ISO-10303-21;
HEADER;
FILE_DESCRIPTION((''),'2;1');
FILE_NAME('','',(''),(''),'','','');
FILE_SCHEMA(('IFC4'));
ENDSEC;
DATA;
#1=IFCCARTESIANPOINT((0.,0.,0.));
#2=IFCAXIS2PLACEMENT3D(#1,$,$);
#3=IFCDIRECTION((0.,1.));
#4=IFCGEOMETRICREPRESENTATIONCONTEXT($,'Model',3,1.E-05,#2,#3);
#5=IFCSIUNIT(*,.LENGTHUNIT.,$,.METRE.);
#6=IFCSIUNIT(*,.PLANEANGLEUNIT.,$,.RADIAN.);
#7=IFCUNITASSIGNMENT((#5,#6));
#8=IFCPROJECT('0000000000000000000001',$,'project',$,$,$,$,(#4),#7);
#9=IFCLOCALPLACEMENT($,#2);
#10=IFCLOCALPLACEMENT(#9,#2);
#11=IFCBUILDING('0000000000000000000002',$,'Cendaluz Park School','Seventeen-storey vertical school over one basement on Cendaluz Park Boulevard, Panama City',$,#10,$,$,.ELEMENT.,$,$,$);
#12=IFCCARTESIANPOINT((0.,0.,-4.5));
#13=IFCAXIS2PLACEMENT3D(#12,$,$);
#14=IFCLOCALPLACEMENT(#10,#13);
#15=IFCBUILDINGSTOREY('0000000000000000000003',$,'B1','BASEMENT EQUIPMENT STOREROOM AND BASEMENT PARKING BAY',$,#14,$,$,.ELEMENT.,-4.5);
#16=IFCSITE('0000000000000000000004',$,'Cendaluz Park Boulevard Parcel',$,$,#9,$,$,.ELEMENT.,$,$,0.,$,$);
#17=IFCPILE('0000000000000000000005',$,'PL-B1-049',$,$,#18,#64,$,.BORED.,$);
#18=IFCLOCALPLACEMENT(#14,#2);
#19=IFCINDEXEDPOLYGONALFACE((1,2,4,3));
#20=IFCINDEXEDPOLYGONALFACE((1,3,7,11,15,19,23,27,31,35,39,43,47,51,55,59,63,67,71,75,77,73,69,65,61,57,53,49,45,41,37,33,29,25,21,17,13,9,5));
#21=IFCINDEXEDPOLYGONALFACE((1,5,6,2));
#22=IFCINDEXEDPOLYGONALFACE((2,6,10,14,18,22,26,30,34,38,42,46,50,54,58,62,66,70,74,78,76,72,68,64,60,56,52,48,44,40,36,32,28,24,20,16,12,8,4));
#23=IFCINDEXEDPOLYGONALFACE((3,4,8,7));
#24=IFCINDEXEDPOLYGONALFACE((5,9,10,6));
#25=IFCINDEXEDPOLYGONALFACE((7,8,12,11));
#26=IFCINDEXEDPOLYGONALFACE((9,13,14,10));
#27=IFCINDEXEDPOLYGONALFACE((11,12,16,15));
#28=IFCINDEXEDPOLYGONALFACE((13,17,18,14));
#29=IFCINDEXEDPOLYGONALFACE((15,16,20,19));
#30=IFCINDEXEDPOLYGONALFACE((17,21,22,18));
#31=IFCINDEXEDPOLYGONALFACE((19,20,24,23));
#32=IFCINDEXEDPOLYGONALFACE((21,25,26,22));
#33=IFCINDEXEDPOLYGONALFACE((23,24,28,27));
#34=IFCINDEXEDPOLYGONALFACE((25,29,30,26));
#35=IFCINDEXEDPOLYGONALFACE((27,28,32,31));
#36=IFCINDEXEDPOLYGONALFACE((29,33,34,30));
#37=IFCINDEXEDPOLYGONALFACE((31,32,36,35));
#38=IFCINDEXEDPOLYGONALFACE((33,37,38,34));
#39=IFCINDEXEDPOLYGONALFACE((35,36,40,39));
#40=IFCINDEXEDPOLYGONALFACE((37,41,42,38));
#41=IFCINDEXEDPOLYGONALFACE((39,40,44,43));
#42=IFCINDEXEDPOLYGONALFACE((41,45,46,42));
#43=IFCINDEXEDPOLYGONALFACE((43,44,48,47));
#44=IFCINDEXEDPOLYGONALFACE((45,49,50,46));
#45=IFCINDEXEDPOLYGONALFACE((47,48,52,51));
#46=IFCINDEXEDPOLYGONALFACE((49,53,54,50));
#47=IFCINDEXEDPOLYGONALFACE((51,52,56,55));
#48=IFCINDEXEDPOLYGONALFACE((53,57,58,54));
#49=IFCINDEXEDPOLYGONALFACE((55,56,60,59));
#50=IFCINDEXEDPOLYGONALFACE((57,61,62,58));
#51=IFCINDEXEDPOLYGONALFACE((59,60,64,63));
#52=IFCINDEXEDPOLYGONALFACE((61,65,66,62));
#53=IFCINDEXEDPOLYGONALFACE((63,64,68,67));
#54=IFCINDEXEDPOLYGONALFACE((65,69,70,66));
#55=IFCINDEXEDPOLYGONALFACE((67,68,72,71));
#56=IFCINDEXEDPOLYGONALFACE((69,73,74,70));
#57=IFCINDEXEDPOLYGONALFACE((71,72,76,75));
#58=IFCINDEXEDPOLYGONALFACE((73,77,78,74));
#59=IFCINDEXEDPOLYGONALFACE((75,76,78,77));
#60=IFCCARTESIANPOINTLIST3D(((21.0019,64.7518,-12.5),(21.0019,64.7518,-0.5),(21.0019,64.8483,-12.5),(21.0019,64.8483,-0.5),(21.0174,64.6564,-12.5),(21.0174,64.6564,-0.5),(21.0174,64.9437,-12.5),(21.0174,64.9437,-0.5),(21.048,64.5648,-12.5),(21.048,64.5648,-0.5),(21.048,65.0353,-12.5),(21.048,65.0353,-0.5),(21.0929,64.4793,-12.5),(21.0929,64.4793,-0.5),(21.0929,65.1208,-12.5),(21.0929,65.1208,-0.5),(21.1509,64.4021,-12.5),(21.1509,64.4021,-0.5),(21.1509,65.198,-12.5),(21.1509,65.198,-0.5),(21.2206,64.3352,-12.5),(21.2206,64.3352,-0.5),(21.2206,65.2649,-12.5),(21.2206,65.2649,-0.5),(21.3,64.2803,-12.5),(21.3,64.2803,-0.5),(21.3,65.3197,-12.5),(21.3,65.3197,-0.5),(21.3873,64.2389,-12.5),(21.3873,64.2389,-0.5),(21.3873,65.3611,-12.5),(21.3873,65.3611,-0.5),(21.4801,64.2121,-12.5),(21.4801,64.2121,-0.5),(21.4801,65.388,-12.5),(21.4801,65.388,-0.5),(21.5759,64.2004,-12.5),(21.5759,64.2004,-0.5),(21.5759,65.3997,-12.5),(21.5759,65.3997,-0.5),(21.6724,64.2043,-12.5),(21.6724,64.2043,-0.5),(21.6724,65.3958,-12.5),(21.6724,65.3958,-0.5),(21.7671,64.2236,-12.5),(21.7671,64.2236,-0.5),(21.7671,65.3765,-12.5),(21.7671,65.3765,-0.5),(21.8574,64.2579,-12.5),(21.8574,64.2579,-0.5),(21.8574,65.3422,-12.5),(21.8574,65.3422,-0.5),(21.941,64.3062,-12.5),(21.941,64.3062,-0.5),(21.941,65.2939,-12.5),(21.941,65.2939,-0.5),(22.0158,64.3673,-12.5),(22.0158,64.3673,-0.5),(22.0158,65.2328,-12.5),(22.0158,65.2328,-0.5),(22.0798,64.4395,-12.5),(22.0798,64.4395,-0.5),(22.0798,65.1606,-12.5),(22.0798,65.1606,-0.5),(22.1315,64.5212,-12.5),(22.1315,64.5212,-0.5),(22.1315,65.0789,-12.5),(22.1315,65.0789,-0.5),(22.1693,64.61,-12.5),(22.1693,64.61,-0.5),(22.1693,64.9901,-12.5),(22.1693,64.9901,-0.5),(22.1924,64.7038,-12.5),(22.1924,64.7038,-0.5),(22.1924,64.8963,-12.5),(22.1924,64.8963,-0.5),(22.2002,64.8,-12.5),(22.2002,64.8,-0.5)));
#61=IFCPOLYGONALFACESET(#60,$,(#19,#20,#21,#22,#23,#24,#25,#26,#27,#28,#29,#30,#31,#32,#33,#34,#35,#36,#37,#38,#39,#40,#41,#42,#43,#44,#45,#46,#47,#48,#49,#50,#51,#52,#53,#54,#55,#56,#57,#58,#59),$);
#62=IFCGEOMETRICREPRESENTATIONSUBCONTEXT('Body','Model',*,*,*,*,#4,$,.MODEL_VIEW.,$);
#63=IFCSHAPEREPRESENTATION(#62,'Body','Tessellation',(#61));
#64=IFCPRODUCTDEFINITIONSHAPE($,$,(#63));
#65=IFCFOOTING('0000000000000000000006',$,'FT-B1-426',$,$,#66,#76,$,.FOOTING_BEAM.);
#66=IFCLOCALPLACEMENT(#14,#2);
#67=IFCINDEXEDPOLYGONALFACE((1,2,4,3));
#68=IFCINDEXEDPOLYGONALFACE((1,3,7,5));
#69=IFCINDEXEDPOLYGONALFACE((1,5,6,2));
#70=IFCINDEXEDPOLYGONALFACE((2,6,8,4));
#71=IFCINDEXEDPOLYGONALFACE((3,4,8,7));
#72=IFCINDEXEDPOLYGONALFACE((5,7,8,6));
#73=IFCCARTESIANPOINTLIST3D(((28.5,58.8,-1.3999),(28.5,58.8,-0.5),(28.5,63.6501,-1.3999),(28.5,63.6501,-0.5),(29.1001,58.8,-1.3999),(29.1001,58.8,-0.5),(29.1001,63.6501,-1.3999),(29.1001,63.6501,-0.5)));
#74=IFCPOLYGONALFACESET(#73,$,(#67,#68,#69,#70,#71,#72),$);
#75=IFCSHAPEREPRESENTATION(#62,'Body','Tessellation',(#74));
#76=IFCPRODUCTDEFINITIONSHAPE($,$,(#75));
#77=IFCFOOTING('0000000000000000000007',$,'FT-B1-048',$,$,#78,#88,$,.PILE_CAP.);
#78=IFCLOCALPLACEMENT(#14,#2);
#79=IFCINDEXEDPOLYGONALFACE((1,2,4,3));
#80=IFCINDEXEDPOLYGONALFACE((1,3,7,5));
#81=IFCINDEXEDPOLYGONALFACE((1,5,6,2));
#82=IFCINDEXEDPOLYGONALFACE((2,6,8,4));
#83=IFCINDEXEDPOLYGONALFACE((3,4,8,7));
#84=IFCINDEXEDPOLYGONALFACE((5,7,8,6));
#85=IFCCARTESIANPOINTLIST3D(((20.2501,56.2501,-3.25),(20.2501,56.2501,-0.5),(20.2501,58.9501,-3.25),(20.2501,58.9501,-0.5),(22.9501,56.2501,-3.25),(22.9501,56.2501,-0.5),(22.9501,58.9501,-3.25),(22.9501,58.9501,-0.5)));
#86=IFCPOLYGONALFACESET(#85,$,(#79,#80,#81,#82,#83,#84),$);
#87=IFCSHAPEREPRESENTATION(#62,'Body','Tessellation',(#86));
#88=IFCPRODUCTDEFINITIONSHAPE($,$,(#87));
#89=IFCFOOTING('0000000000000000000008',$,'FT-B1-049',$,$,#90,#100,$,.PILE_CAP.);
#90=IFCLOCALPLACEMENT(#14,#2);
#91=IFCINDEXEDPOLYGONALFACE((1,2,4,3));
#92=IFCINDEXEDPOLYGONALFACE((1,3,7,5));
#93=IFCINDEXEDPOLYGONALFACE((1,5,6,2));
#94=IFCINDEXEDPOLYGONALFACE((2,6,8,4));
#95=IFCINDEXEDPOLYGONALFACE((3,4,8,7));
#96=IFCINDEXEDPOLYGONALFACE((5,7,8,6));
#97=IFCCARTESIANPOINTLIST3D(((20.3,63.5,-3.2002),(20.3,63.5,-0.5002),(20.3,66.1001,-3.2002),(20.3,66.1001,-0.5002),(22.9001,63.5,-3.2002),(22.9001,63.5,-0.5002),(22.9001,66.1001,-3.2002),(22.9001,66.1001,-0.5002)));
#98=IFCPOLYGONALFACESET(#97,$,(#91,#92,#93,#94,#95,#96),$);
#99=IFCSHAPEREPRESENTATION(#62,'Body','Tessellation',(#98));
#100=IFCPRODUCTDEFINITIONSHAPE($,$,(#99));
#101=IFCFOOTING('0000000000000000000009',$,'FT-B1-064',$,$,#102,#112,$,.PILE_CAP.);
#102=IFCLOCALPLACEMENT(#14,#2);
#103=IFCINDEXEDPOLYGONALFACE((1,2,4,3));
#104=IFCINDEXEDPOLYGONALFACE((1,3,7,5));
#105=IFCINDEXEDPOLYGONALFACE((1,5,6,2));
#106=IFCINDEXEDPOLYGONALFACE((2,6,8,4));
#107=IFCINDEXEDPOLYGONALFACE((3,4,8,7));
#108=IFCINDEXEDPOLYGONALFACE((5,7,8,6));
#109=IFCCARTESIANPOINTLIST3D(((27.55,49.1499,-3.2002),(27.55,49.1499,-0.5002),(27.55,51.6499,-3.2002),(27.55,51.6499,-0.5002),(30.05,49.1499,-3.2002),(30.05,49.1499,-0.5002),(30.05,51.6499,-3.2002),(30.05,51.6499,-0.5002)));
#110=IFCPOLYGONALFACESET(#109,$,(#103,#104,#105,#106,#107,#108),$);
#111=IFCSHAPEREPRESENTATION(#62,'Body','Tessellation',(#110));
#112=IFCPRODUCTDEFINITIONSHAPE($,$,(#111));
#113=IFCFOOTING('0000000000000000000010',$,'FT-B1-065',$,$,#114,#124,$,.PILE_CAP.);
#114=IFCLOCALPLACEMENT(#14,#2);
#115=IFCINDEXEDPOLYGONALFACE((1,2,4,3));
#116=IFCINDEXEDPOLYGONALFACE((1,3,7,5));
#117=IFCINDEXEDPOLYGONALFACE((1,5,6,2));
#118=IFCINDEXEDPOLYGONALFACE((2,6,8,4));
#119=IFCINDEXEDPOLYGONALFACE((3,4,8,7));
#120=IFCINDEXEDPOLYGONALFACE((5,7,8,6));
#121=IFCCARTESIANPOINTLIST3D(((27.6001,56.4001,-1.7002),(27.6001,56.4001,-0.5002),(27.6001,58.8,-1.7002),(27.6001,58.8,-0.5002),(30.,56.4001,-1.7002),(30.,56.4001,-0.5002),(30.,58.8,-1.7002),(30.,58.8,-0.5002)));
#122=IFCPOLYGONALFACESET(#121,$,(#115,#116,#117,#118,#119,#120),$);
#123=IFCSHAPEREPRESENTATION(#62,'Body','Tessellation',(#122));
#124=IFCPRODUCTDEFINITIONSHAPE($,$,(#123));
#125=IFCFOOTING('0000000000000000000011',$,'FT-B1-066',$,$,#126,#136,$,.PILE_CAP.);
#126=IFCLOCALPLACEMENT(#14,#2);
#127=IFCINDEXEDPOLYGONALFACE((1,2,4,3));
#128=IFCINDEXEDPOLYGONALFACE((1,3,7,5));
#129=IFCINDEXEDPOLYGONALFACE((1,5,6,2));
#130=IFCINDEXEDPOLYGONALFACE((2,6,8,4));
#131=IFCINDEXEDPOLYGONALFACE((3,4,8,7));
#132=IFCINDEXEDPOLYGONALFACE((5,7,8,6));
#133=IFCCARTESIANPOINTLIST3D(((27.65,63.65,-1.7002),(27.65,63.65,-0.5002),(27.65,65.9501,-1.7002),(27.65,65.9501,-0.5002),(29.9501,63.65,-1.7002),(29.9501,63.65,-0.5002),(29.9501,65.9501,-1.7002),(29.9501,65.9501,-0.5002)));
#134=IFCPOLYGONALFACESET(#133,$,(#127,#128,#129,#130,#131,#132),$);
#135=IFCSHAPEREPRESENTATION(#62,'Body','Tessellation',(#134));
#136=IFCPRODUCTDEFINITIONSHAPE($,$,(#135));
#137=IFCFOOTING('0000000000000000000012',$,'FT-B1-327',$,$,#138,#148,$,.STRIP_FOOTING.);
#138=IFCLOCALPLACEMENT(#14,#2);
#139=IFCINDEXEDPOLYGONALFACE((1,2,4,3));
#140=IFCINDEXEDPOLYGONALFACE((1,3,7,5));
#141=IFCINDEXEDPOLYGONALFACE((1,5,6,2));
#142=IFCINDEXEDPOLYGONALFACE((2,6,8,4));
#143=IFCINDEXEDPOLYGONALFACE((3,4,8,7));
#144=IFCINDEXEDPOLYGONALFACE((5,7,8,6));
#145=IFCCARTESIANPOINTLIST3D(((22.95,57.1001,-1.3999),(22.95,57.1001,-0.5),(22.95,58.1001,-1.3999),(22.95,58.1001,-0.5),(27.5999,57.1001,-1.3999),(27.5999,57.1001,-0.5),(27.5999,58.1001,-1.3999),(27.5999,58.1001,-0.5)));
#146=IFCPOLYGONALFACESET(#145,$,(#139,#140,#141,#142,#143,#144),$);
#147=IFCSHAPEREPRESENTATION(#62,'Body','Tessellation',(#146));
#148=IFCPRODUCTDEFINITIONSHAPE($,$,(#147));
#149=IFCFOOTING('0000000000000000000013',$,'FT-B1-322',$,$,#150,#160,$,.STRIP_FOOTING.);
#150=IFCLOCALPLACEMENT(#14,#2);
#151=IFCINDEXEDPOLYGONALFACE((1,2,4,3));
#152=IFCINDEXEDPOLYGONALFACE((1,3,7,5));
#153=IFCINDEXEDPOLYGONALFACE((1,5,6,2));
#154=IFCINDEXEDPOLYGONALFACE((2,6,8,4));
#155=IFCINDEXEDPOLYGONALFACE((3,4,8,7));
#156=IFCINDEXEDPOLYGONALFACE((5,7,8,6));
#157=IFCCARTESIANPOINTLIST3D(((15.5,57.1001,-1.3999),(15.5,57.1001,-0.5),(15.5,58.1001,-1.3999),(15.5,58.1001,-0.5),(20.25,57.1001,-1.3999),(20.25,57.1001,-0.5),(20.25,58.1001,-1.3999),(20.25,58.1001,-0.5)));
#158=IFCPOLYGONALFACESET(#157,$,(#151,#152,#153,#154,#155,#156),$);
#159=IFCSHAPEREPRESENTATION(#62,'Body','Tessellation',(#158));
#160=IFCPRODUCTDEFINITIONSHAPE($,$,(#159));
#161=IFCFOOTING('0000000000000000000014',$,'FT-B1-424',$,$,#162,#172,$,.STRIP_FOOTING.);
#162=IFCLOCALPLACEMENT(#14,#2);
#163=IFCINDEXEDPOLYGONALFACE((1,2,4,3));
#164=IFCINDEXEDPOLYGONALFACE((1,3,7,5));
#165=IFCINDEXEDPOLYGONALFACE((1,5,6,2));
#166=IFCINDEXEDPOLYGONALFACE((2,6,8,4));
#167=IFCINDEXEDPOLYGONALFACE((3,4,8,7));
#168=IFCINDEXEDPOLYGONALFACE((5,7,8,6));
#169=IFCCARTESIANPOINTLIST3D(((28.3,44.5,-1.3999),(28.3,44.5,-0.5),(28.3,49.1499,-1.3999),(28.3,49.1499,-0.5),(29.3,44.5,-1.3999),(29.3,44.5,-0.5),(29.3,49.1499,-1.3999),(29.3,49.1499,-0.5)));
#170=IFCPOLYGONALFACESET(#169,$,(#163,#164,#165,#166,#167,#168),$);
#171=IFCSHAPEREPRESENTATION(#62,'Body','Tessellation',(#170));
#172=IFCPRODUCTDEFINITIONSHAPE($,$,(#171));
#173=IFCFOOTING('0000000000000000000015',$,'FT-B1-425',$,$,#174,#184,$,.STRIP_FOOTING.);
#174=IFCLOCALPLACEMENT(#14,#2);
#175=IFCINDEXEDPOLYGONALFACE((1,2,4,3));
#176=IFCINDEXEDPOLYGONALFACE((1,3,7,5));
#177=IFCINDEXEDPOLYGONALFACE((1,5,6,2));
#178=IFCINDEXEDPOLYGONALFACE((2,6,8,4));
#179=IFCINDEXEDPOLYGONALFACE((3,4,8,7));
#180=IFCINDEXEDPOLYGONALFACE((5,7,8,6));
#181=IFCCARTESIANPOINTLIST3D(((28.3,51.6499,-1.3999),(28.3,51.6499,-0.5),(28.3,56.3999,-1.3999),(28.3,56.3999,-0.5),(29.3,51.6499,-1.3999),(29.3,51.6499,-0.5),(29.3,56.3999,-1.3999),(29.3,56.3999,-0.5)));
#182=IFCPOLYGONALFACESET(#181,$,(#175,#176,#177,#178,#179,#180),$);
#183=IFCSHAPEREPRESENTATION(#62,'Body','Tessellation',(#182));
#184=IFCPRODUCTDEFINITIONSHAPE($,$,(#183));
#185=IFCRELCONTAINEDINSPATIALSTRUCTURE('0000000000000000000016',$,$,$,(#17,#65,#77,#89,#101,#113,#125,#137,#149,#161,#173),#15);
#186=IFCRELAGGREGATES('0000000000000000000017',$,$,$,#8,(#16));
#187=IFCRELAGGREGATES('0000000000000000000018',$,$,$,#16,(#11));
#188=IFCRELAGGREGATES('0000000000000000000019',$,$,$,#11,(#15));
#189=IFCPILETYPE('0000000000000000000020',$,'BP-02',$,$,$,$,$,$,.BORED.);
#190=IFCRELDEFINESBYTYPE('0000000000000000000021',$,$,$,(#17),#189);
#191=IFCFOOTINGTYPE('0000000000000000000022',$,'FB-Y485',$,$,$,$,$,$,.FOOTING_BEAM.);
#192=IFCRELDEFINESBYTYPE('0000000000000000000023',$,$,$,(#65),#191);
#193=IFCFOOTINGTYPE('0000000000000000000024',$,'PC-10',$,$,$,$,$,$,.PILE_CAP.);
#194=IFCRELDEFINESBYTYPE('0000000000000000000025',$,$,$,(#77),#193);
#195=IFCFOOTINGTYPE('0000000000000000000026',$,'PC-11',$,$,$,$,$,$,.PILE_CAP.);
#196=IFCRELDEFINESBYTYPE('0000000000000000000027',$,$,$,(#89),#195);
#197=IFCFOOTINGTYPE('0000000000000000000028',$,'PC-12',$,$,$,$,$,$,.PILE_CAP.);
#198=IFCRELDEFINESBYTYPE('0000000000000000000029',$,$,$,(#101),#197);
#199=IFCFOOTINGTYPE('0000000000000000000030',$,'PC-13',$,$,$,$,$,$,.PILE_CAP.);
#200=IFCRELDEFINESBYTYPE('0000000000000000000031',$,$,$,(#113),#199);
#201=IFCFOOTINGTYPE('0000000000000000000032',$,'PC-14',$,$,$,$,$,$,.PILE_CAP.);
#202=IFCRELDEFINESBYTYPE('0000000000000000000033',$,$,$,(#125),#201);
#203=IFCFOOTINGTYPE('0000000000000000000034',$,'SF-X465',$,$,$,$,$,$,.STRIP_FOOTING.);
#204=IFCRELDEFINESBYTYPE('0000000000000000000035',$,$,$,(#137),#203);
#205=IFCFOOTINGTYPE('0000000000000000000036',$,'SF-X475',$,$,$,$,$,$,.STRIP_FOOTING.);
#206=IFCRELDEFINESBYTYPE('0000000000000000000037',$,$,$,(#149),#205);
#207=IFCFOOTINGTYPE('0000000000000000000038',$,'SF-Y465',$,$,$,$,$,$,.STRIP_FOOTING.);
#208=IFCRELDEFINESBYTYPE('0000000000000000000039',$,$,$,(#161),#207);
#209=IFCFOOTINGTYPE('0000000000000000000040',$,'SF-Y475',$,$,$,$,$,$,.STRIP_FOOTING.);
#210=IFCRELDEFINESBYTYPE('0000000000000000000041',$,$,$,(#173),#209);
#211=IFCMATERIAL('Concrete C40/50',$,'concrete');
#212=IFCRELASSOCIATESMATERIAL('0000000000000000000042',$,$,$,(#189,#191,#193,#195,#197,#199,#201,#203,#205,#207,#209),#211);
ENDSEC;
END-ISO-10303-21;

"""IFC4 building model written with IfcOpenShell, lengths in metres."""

from ifc_helpers import new_model, si_unit, direction, frame, origin, origin_2d, place, context, subcontext, project, spatial, rectangle, circle, extrude, material, material_profile, profile_set, type_object, element, save


model = new_model("IFC4")

# Units and contexts
model_context = context("Model", 3, precision=1e-05, world=origin(), true_north=direction((0.0, 1.0)))
body_context = subcontext(model_context, "Body", "Model", "MODEL_VIEW")
ifc_project = project(units=[si_unit("LENGTHUNIT", "METRE"), si_unit("PLANEANGLEUNIT", "RADIAN")], contexts=[model_context])

# Site, building, storey
site_placement = place(None, origin())
site = spatial("IfcSite", under=ifc_project, at=site_placement, Name="Cendaluz Park Boulevard Parcel", CompositionType="ELEMENT", RefElevation=0.0)
building_placement = place(site_placement, origin())
building = spatial("IfcBuilding", under=site, at=building_placement, Name="Cendaluz Park School", Description="Seventeen-storey vertical school over one basement on Cendaluz Park Boulevard, Panama City", CompositionType="ELEMENT")
storey_placement = place(building_placement, frame((0.0, 0.0, -4.5)))
storey = spatial("IfcBuildingStorey", under=building, at=storey_placement, Name="B1", Description="BASEMENT EQUIPMENT STOREROOM AND BASEMENT PARKING BAY", CompositionType="ELEMENT", Elevation=-4.5)

# Pile
ifc_material_1 = material(Name="Concrete C40/50", Category="concrete")
ifc_material_profile_1 = material_profile(ifc_material_1, circle(Radius=0.6001, at=origin_2d()), Name="BP D1200", Category="concrete")
ifc_profile_set_1 = profile_set([ifc_material_profile_1], Name="Concrete C40/50")
pile_type_1 = type_object("IfcPileType", Name="BP-02", PredefinedType="BORED", material=ifc_profile_set_1)
for number, where, z_axis, x_axis, name in (
    (1, (21.6001, 64.8, -0.5), (0.0, 0.0, -1.0), (1.0, 0.0, 0.0), "PL-B1-049"),
):
    element("IfcPile", number, at=place(storey_placement, frame(where, z_axis=z_axis, x_axis=x_axis)), inside=storey, type_object=pile_type_1, Name=name, PredefinedType="BORED", context=body_context, shape_type="SweptSolid", body=[
        extrude(circle(Radius=0.6001, at=origin_2d()), origin(), (0.0, 0.0, 1.0), 12.0),
    ])

# Footings
footing_type_1 = type_object("IfcFootingType", Name="FB-Y485", PredefinedType="FOOTING_BEAM", material=ifc_material_1)
footing_1_placement = place(storey_placement, frame((28.8, 61.2251, -1.3999), z_axis=(0.0, 0.0, 1.0), x_axis=(1.0, 0.0, 0.0)))
element("IfcFooting", 2, at=footing_1_placement, inside=storey, type_object=footing_type_1, Name="FT-B1-426", PredefinedType="FOOTING_BEAM", context=body_context, shape_type="SweptSolid", body=[
    extrude(rectangle(XDim=0.6001, YDim=4.8501, at=origin_2d()), origin(), (0.0, 0.0, 1.0), 0.8999),
])
footing_type_2 = type_object("IfcFootingType", Name="PC-10", PredefinedType="PILE_CAP", material=ifc_material_1)
footing_2_placement = place(storey_placement, frame((21.6001, 57.6001, -3.25), z_axis=(0.0, 0.0, 1.0), x_axis=(1.0, 0.0, 0.0)))
element("IfcFooting", 3, at=footing_2_placement, inside=storey, type_object=footing_type_2, Name="FT-B1-048", PredefinedType="PILE_CAP", context=body_context, shape_type="SweptSolid", body=[
    extrude(rectangle(XDim=2.7, YDim=2.7, at=origin_2d()), origin(), (0.0, 0.0, 1.0), 2.75),
])
footing_type_3 = type_object("IfcFootingType", Name="PC-11", PredefinedType="PILE_CAP", material=ifc_material_1)
footing_3_placement = place(storey_placement, frame((21.6001, 64.8, -3.2002), z_axis=(0.0, 0.0, 1.0), x_axis=(1.0, 0.0, 0.0)))
element("IfcFooting", 4, at=footing_3_placement, inside=storey, type_object=footing_type_3, Name="FT-B1-049", PredefinedType="PILE_CAP", context=body_context, shape_type="SweptSolid", body=[
    extrude(rectangle(XDim=2.6001, YDim=2.6001, at=origin_2d()), origin(), (0.0, 0.0, 1.0), 2.7),
])
footing_type_4 = type_object("IfcFootingType", Name="PC-12", PredefinedType="PILE_CAP", material=ifc_material_1)
footing_4_placement = place(storey_placement, frame((28.8, 50.3999, -3.2002), z_axis=(0.0, 0.0, 1.0), x_axis=(1.0, 0.0, 0.0)))
element("IfcFooting", 5, at=footing_4_placement, inside=storey, type_object=footing_type_4, Name="FT-B1-064", PredefinedType="PILE_CAP", context=body_context, shape_type="SweptSolid", body=[
    extrude(rectangle(XDim=2.5, YDim=2.5, at=origin_2d()), origin(), (0.0, 0.0, 1.0), 2.7),
])
footing_type_5 = type_object("IfcFootingType", Name="PC-13", PredefinedType="PILE_CAP", material=ifc_material_1)
footing_5_placement = place(storey_placement, frame((28.8, 57.6001, -1.7002), z_axis=(0.0, 0.0, 1.0), x_axis=(1.0, 0.0, 0.0)))
element("IfcFooting", 6, at=footing_5_placement, inside=storey, type_object=footing_type_5, Name="FT-B1-065", PredefinedType="PILE_CAP", context=body_context, shape_type="SweptSolid", body=[
    extrude(rectangle(XDim=2.3999, YDim=2.3999, at=origin_2d()), origin(), (0.0, 0.0, 1.0), 1.2),
])
footing_type_6 = type_object("IfcFootingType", Name="PC-14", PredefinedType="PILE_CAP", material=ifc_material_1)
footing_6_placement = place(storey_placement, frame((28.8, 64.8, -1.7002), z_axis=(0.0, 0.0, 1.0), x_axis=(1.0, 0.0, 0.0)))
element("IfcFooting", 7, at=footing_6_placement, inside=storey, type_object=footing_type_6, Name="FT-B1-066", PredefinedType="PILE_CAP", context=body_context, shape_type="SweptSolid", body=[
    extrude(rectangle(XDim=2.3, YDim=2.3, at=origin_2d()), origin(), (0.0, 0.0, 1.0), 1.2),
])
footing_type_7 = type_object("IfcFootingType", Name="SF-X465", PredefinedType="STRIP_FOOTING", material=ifc_material_1)
footing_7_placement = place(storey_placement, frame((25.2749, 57.6001, -1.3999), z_axis=(0.0, 0.0, 1.0), x_axis=(1.0, 0.0, 0.0)))
element("IfcFooting", 8, at=footing_7_placement, inside=storey, type_object=footing_type_7, Name="FT-B1-327", PredefinedType="STRIP_FOOTING", context=body_context, shape_type="SweptSolid", body=[
    extrude(rectangle(XDim=4.6499, YDim=1.0, at=origin_2d()), origin(), (0.0, 0.0, 1.0), 0.8999),
])
footing_type_8 = type_object("IfcFootingType", Name="SF-X475", PredefinedType="STRIP_FOOTING", material=ifc_material_1)
footing_8_placement = place(storey_placement, frame((17.875, 57.6001, -1.3999), z_axis=(0.0, 0.0, 1.0), x_axis=(1.0, 0.0, 0.0)))
element("IfcFooting", 9, at=footing_8_placement, inside=storey, type_object=footing_type_8, Name="FT-B1-322", PredefinedType="STRIP_FOOTING", context=body_context, shape_type="SweptSolid", body=[
    extrude(rectangle(XDim=4.75, YDim=1.0, at=origin_2d()), origin(), (0.0, 0.0, 1.0), 0.8999),
])
footing_type_9 = type_object("IfcFootingType", Name="SF-Y465", PredefinedType="STRIP_FOOTING", material=ifc_material_1)
footing_9_placement = place(storey_placement, frame((28.8, 46.825, -1.3999), z_axis=(0.0, 0.0, 1.0), x_axis=(1.0, 0.0, 0.0)))
element("IfcFooting", 10, at=footing_9_placement, inside=storey, type_object=footing_type_9, Name="FT-B1-424", PredefinedType="STRIP_FOOTING", context=body_context, shape_type="SweptSolid", body=[
    extrude(rectangle(XDim=1.0, YDim=4.6499, at=origin_2d()), origin(), (0.0, 0.0, 1.0), 0.8999),
])
footing_type_10 = type_object("IfcFootingType", Name="SF-Y475", PredefinedType="STRIP_FOOTING", material=ifc_material_1)
footing_10_placement = place(storey_placement, frame((28.8, 54.0249, -1.3999), z_axis=(0.0, 0.0, 1.0), x_axis=(1.0, 0.0, 0.0)))
element("IfcFooting", 11, at=footing_10_placement, inside=storey, type_object=footing_type_10, Name="FT-B1-425", PredefinedType="STRIP_FOOTING", context=body_context, shape_type="SweptSolid", body=[
    extrude(rectangle(XDim=1.0, YDim=4.75, at=origin_2d()), origin(), (0.0, 0.0, 1.0), 0.8999),
])

save(model, "model.ifc")
